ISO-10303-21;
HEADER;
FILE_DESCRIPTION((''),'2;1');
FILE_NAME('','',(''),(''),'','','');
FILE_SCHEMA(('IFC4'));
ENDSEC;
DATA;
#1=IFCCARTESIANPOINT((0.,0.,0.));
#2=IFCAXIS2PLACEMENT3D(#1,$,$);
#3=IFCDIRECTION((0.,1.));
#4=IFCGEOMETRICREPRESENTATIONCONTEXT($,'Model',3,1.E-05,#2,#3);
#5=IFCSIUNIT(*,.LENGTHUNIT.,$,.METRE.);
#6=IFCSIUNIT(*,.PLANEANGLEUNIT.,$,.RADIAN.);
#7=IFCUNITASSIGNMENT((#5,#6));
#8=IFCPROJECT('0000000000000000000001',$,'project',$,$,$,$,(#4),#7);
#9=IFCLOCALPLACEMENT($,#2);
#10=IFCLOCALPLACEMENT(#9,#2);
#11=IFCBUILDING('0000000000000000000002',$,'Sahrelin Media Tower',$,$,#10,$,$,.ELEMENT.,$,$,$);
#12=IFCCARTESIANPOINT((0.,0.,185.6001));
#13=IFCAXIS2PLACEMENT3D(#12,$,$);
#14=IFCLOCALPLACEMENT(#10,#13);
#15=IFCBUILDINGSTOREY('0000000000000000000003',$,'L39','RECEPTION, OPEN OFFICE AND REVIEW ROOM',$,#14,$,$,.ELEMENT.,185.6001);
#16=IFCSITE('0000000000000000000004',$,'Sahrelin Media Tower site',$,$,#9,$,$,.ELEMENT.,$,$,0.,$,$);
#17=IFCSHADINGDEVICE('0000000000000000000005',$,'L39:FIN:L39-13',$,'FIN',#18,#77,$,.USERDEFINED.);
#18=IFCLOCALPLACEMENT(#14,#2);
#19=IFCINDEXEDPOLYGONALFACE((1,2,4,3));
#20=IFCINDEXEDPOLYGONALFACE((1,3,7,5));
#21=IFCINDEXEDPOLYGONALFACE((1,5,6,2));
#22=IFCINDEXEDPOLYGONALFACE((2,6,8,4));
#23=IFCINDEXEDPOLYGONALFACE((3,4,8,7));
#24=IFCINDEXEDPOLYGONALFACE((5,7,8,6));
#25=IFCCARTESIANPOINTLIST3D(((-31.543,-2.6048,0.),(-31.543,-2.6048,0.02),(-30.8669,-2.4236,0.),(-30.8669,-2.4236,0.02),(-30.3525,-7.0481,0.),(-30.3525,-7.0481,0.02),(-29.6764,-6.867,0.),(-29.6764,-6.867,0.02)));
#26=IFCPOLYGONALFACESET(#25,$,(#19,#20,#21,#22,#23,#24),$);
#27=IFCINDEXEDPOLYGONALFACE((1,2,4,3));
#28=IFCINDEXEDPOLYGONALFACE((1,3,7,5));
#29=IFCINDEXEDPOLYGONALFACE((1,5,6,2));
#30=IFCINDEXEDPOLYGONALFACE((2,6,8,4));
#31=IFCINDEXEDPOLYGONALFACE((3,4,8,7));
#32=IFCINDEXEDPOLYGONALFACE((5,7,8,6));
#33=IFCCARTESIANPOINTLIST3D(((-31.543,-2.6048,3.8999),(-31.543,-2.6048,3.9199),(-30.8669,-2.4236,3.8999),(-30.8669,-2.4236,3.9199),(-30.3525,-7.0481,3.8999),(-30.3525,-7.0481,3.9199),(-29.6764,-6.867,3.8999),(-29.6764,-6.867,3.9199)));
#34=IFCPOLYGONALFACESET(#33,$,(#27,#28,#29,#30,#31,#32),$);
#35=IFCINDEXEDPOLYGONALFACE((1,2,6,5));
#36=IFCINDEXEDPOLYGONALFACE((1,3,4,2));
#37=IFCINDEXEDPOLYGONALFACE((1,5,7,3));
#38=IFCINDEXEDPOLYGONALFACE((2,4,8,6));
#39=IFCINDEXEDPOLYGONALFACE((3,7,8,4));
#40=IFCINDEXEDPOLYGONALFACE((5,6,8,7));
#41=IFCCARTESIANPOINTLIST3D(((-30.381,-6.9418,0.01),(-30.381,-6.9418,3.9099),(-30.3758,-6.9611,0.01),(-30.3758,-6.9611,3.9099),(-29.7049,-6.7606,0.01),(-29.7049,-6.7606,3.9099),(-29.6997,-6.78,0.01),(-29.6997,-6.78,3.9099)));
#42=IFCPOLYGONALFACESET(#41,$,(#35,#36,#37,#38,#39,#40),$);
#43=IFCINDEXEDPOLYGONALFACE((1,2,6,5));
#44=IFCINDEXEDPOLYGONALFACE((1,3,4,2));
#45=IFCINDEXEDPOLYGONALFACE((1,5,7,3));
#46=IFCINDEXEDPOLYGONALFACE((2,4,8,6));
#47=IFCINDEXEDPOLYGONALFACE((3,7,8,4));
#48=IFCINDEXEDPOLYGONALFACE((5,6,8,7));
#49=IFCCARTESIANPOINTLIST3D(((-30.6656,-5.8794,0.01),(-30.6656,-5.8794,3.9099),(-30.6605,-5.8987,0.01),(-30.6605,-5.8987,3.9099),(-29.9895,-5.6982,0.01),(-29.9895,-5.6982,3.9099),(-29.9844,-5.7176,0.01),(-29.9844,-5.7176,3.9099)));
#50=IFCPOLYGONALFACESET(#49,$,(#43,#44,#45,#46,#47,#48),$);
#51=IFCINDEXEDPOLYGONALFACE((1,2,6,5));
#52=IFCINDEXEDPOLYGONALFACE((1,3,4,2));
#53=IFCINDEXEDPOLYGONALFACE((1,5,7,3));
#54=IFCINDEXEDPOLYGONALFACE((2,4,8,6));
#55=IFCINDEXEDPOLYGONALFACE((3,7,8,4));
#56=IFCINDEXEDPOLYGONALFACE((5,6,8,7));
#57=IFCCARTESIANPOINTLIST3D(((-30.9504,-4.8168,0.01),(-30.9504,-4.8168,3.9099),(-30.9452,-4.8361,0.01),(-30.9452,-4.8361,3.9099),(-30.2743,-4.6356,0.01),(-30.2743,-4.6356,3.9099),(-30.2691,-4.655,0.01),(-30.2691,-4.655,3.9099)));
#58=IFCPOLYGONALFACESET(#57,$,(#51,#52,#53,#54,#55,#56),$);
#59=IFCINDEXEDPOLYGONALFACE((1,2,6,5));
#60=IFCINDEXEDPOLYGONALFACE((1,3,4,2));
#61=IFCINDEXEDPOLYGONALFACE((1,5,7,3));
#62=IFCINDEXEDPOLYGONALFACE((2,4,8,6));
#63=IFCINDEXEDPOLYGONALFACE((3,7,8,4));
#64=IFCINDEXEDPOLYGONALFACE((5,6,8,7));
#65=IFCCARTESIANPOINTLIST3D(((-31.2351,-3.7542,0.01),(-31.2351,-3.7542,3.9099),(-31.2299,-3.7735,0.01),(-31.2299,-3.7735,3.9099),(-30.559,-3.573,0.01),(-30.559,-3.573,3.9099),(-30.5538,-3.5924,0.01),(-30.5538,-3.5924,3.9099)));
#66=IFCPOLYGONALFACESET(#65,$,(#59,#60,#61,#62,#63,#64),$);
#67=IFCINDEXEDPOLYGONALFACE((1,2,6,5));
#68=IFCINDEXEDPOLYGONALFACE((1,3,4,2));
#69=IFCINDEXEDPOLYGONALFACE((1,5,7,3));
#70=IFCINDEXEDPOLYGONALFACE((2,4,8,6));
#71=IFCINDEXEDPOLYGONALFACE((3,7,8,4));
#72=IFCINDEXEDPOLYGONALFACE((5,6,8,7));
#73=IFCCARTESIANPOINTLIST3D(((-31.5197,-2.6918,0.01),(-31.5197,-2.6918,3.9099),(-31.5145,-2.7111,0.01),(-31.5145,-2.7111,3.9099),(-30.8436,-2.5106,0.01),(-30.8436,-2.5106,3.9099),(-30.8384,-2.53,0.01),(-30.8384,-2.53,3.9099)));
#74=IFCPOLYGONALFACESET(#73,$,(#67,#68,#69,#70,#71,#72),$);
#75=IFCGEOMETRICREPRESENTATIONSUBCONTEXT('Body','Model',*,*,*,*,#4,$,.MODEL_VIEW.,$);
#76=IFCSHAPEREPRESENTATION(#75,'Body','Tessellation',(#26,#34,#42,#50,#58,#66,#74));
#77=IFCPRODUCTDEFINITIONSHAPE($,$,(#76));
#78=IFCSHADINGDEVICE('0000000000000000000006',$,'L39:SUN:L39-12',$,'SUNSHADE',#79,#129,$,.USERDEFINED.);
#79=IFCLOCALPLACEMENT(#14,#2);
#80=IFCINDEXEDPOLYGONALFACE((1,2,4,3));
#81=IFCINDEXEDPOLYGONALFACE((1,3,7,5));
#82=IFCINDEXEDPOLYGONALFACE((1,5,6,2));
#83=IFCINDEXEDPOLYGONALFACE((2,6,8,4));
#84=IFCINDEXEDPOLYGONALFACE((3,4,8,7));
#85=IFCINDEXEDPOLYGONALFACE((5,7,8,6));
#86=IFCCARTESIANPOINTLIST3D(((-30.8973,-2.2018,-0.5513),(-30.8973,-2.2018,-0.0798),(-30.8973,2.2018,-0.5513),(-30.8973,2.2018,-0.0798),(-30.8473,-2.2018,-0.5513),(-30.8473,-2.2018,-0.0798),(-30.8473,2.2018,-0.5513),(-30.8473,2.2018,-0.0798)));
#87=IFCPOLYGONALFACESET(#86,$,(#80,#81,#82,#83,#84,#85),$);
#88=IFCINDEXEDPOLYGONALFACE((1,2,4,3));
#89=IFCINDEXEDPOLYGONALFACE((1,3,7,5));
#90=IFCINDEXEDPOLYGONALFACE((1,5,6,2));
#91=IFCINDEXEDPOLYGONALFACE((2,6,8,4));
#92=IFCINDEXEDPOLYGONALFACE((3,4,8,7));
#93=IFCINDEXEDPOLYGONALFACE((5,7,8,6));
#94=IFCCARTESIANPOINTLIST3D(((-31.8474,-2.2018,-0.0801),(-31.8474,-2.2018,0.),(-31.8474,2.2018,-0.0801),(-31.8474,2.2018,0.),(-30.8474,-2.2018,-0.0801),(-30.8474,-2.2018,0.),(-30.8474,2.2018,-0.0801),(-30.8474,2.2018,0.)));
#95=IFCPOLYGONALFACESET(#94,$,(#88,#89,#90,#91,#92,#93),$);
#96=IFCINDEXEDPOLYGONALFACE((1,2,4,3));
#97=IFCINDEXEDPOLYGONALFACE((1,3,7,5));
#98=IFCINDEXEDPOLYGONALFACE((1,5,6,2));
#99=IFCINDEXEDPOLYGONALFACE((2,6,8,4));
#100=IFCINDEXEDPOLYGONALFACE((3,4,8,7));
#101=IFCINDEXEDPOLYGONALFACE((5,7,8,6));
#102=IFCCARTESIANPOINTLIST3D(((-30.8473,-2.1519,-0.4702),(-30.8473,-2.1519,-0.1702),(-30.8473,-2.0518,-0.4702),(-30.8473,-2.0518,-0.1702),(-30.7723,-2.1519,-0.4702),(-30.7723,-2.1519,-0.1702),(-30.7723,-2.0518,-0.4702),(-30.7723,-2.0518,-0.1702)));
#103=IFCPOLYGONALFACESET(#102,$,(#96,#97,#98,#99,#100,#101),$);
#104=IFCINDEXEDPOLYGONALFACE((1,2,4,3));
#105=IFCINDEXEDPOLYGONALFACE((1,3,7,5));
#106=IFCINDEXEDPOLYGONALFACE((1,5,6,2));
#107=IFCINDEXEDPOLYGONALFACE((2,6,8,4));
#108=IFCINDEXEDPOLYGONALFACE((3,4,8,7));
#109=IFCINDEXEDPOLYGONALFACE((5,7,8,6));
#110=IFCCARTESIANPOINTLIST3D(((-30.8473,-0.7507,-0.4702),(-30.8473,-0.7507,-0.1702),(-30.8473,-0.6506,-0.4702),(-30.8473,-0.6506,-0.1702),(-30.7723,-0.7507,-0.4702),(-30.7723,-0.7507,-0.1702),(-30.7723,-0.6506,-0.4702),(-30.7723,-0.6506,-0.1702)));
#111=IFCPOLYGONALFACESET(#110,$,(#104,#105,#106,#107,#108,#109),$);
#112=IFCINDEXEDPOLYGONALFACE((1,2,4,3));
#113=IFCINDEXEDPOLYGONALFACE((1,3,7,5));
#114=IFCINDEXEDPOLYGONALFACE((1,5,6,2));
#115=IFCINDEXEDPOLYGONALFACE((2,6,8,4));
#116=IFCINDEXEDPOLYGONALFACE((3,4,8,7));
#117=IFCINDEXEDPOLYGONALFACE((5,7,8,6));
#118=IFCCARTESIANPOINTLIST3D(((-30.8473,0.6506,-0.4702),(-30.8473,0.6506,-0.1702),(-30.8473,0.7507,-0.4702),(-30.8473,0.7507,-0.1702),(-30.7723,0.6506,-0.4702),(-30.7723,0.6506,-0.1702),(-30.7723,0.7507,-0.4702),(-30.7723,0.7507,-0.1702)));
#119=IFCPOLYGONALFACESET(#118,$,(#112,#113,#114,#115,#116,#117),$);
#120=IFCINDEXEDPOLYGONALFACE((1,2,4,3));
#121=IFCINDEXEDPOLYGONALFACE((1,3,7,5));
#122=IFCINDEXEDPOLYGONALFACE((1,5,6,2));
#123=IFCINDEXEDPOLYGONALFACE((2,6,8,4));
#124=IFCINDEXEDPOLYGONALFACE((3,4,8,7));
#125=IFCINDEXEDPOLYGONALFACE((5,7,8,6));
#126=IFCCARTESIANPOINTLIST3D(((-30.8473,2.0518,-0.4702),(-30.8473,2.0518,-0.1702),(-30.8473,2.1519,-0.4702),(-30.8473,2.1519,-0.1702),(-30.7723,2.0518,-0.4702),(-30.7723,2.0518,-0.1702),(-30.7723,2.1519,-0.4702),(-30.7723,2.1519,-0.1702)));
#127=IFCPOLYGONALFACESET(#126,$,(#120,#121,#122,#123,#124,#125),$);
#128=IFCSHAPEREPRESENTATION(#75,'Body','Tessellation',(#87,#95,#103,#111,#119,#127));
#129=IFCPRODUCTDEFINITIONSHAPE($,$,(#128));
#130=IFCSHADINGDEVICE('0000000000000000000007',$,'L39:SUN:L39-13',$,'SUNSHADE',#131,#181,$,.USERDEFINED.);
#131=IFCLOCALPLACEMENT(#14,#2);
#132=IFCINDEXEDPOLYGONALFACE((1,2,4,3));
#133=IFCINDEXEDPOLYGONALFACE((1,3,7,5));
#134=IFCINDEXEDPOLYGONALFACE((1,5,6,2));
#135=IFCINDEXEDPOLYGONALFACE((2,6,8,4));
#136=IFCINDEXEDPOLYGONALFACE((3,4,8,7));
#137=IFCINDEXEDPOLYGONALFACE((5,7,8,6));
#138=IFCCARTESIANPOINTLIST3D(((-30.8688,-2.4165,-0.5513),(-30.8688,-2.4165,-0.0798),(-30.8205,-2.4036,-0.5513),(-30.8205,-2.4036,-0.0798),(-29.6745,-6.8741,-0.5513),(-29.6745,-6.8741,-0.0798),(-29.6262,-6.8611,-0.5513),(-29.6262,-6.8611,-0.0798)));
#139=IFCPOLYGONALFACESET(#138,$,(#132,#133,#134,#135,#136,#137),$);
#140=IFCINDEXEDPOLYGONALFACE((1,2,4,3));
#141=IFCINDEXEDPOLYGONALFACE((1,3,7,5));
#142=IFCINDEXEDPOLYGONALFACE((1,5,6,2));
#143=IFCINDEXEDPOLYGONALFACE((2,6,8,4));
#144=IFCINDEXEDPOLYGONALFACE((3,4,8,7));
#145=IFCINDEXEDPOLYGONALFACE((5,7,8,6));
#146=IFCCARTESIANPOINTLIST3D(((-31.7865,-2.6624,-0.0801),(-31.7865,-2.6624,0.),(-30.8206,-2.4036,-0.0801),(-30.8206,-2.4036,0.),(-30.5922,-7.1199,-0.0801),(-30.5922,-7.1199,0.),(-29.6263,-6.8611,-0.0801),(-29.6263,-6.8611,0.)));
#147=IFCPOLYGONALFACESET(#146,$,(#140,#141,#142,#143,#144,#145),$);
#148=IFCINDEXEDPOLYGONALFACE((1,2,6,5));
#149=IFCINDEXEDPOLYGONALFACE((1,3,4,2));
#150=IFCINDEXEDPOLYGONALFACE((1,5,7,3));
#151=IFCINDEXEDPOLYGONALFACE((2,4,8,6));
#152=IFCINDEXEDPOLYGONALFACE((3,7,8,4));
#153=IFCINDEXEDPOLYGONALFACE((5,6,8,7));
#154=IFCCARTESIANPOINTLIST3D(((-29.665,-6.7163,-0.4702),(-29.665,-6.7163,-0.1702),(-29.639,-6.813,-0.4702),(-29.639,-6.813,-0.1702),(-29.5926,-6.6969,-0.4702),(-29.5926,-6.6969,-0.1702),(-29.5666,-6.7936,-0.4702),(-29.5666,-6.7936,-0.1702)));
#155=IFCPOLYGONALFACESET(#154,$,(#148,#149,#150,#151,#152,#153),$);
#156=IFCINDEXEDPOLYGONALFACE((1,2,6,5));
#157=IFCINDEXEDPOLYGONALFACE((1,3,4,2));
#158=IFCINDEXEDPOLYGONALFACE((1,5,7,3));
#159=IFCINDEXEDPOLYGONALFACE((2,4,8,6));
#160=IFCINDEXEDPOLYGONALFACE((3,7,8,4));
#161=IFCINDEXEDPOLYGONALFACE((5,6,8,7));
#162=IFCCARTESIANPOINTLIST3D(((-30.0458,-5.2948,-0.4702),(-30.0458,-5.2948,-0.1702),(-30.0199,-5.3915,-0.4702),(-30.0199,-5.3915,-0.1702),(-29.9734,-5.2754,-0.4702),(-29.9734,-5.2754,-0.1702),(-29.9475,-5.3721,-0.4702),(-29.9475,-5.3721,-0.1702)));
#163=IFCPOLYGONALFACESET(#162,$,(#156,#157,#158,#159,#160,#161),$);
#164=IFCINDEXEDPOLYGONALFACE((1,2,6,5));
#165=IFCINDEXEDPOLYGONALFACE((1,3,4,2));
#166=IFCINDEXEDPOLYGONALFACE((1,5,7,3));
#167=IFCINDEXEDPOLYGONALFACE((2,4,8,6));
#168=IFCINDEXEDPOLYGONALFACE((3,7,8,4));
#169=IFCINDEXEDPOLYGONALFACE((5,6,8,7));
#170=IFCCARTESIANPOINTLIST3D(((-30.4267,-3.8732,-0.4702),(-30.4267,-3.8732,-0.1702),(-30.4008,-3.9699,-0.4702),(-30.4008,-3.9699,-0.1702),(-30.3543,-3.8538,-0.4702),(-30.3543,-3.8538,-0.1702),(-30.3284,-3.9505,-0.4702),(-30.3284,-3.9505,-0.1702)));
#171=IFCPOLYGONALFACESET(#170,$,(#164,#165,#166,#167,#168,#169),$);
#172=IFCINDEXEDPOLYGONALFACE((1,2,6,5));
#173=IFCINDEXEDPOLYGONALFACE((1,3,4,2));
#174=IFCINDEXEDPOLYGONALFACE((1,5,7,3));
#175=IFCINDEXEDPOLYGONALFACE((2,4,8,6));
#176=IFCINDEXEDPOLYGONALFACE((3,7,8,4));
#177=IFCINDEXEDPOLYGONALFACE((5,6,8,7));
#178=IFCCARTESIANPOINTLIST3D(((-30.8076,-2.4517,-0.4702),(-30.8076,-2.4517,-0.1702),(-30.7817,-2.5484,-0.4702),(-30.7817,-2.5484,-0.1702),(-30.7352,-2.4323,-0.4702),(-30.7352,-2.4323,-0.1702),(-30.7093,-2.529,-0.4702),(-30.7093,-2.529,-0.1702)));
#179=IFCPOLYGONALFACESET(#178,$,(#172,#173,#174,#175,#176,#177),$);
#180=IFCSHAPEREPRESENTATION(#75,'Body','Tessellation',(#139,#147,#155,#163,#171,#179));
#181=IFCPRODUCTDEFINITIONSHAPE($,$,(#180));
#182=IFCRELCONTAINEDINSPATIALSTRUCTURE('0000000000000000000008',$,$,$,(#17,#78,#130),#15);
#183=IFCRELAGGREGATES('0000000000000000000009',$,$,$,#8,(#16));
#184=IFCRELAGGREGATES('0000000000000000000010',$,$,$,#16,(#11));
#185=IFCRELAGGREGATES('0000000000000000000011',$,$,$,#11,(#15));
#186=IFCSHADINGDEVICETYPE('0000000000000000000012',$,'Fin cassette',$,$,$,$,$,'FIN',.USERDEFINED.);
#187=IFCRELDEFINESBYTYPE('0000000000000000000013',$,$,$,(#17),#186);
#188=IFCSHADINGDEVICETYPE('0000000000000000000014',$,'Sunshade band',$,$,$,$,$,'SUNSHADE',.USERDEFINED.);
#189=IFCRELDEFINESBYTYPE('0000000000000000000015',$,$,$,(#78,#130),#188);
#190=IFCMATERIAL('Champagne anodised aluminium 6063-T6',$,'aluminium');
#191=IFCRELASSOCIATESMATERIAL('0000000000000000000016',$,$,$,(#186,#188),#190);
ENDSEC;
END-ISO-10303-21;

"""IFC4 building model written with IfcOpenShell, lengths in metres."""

from ifc_helpers import new_model, si_unit, direction, frame, origin, origin_2d, place, context, subcontext, project, spatial, rectangle, extrude, material, type_object, element, save


model = new_model("IFC4")

# Units and contexts
model_context = context("Model", 3, precision=1e-05, world=origin(), true_north=direction((0.0, 1.0)))
body_context = subcontext(model_context, "Body", "Model", "MODEL_VIEW")
ifc_project = project(units=[si_unit("LENGTHUNIT", "METRE"), si_unit("PLANEANGLEUNIT", "RADIAN")], contexts=[model_context])

# Site, building, storey
site_placement = place(None, origin())
site = spatial("IfcSite", under=ifc_project, at=site_placement, Name="Sahrelin Media Tower site", CompositionType="ELEMENT", RefElevation=0.0)
building_placement = place(site_placement, origin())
building = spatial("IfcBuilding", under=site, at=building_placement, Name="Sahrelin Media Tower", CompositionType="ELEMENT")
storey_placement = place(building_placement, frame((0.0, 0.0, 185.6001)))
storey = spatial("IfcBuildingStorey", under=building, at=storey_placement, Name="L39", Description="RECEPTION, OPEN OFFICE AND REVIEW ROOM", CompositionType="ELEMENT", Elevation=185.6001)

# Shared definitions
ifc_material_1 = material(Name="Champagne anodised aluminium 6063-T6", Category="aluminium")

# Shading devices
shading_device_type_1 = type_object("IfcShadingDeviceType", Name="Fin cassette", ElementType="FIN", PredefinedType="USERDEFINED", material=ifc_material_1)
placement_1 = place(storey_placement, frame((-30.8274, 0.0, 0.0), z_axis=(0.0, 0.0, 1.0), x_axis=(0.0, 1.0, 0.0)))
placement_2 = place(storey_placement, frame((-30.2041, -4.6272, 0.0), z_axis=(0.0, 0.0, 1.0), x_axis=(-0.258808, 0.965929, 0.0)))
element("IfcShadingDevice", 1, at=placement_2, inside=storey, type_object=shading_device_type_1, Name="L39:FIN:L39-13", ObjectType="FIN", PredefinedType="USERDEFINED", context=body_context, shape_type="SweptSolid", body=[
    extrude(rectangle(XDim=4.6001, YDim=0.7, at=origin_2d()), frame((0.0, 0.4199, 0.0)), (0.0, 0.0, 1.0), 0.02),
    extrude(rectangle(XDim=4.6001, YDim=0.7, at=origin_2d()), frame((0.0, 0.4199, 3.8999)), (0.0, 0.0, 1.0), 0.02),
    extrude(rectangle(XDim=0.02, YDim=0.7, at=origin_2d()), frame((-2.2, 0.4199, 0.01), z_axis=(0.0, 0.0, 1.0), x_axis=(1.0, 0.0, 0.0)), (0.0, 0.0, 1.0), 3.8999),
    extrude(rectangle(XDim=0.02, YDim=0.7, at=origin_2d()), frame((-1.1001, 0.4199, 0.01), z_axis=(0.0, 0.0, 1.0), x_axis=(1.0, 0.0, 0.0)), (0.0, 0.0, 1.0), 3.8999),
    extrude(rectangle(XDim=0.02, YDim=0.7, at=origin_2d()), frame((0.0, 0.4199, 0.01), z_axis=(0.0, 0.0, 1.0), x_axis=(1.0, 0.0, 0.0)), (0.0, 0.0, 1.0), 3.8999),
    extrude(rectangle(XDim=0.02, YDim=0.7, at=origin_2d()), frame((1.1001, 0.4199, 0.01), z_axis=(0.0, 0.0, 1.0), x_axis=(1.0, 0.0, 0.0)), (0.0, 0.0, 1.0), 3.8999),
    extrude(rectangle(XDim=0.02, YDim=0.7, at=origin_2d()), frame((2.2, 0.4199, 0.01), z_axis=(0.0, 0.0, 1.0), x_axis=(1.0, 0.0, 0.0)), (0.0, 0.0, 1.0), 3.8999),
])
shading_device_type_2 = type_object("IfcShadingDeviceType", Name="Sunshade band", ElementType="SUNSHADE", PredefinedType="USERDEFINED", material=ifc_material_1)
element("IfcShadingDevice", 2, at=placement_1, inside=storey, type_object=shading_device_type_2, Name="L39:SUN:L39-12", ObjectType="SUNSHADE", PredefinedType="USERDEFINED", context=body_context, shape_type="SweptSolid", body=[
    extrude(rectangle(XDim=4.4036, YDim=0.05, at=origin_2d()), frame((0.0, 0.0449, -0.5513)), (0.0, 0.0, 1.0), 0.4714),
    extrude(rectangle(XDim=4.4036, YDim=1.0, at=origin_2d()), frame((0.0, 0.52, -0.0801)), (0.0, 0.0, 1.0), 0.0801),
    extrude(rectangle(XDim=0.1001, YDim=0.075, at=origin_2d()), frame((-2.1018, -0.0176, -0.4702)), (0.0, 0.0, 1.0), 0.3),
    extrude(rectangle(XDim=0.1001, YDim=0.075, at=origin_2d()), frame((-0.7007, -0.0176, -0.4702)), (0.0, 0.0, 1.0), 0.3),
    extrude(rectangle(XDim=0.1001, YDim=0.075, at=origin_2d()), frame((0.7007, -0.0176, -0.4702)), (0.0, 0.0, 1.0), 0.3),
    extrude(rectangle(XDim=0.1001, YDim=0.075, at=origin_2d()), frame((2.1018, -0.0176, -0.4702)), (0.0, 0.0, 1.0), 0.3),
])
element("IfcShadingDevice", 3, at=placement_2, inside=storey, type_object=shading_device_type_2, Name="L39:SUN:L39-13", ObjectType="SUNSHADE", PredefinedType="USERDEFINED", context=body_context, shape_type="SweptSolid", body=[
    extrude(rectangle(XDim=4.6147, YDim=0.05, at=origin_2d()), frame((0.0, 0.0449, -0.5513)), (0.0, 0.0, 1.0), 0.4714),
    extrude(rectangle(XDim=4.6147, YDim=1.0, at=origin_2d()), frame((0.0, 0.52, -0.0801)), (0.0, 0.0, 1.0), 0.0801),
    extrude(rectangle(XDim=0.1001, YDim=0.075, at=origin_2d()), frame((-2.2075, -0.0176, -0.4702)), (0.0, 0.0, 1.0), 0.3),
    extrude(rectangle(XDim=0.1001, YDim=0.075, at=origin_2d()), frame((-0.7358, -0.0176, -0.4702)), (0.0, 0.0, 1.0), 0.3),
    extrude(rectangle(XDim=0.1001, YDim=0.075, at=origin_2d()), frame((0.7358, -0.0176, -0.4702)), (0.0, 0.0, 1.0), 0.3),
    extrude(rectangle(XDim=0.1001, YDim=0.075, at=origin_2d()), frame((2.2075, -0.0176, -0.4702)), (0.0, 0.0, 1.0), 0.3),
])

save(model, "model.ifc")
